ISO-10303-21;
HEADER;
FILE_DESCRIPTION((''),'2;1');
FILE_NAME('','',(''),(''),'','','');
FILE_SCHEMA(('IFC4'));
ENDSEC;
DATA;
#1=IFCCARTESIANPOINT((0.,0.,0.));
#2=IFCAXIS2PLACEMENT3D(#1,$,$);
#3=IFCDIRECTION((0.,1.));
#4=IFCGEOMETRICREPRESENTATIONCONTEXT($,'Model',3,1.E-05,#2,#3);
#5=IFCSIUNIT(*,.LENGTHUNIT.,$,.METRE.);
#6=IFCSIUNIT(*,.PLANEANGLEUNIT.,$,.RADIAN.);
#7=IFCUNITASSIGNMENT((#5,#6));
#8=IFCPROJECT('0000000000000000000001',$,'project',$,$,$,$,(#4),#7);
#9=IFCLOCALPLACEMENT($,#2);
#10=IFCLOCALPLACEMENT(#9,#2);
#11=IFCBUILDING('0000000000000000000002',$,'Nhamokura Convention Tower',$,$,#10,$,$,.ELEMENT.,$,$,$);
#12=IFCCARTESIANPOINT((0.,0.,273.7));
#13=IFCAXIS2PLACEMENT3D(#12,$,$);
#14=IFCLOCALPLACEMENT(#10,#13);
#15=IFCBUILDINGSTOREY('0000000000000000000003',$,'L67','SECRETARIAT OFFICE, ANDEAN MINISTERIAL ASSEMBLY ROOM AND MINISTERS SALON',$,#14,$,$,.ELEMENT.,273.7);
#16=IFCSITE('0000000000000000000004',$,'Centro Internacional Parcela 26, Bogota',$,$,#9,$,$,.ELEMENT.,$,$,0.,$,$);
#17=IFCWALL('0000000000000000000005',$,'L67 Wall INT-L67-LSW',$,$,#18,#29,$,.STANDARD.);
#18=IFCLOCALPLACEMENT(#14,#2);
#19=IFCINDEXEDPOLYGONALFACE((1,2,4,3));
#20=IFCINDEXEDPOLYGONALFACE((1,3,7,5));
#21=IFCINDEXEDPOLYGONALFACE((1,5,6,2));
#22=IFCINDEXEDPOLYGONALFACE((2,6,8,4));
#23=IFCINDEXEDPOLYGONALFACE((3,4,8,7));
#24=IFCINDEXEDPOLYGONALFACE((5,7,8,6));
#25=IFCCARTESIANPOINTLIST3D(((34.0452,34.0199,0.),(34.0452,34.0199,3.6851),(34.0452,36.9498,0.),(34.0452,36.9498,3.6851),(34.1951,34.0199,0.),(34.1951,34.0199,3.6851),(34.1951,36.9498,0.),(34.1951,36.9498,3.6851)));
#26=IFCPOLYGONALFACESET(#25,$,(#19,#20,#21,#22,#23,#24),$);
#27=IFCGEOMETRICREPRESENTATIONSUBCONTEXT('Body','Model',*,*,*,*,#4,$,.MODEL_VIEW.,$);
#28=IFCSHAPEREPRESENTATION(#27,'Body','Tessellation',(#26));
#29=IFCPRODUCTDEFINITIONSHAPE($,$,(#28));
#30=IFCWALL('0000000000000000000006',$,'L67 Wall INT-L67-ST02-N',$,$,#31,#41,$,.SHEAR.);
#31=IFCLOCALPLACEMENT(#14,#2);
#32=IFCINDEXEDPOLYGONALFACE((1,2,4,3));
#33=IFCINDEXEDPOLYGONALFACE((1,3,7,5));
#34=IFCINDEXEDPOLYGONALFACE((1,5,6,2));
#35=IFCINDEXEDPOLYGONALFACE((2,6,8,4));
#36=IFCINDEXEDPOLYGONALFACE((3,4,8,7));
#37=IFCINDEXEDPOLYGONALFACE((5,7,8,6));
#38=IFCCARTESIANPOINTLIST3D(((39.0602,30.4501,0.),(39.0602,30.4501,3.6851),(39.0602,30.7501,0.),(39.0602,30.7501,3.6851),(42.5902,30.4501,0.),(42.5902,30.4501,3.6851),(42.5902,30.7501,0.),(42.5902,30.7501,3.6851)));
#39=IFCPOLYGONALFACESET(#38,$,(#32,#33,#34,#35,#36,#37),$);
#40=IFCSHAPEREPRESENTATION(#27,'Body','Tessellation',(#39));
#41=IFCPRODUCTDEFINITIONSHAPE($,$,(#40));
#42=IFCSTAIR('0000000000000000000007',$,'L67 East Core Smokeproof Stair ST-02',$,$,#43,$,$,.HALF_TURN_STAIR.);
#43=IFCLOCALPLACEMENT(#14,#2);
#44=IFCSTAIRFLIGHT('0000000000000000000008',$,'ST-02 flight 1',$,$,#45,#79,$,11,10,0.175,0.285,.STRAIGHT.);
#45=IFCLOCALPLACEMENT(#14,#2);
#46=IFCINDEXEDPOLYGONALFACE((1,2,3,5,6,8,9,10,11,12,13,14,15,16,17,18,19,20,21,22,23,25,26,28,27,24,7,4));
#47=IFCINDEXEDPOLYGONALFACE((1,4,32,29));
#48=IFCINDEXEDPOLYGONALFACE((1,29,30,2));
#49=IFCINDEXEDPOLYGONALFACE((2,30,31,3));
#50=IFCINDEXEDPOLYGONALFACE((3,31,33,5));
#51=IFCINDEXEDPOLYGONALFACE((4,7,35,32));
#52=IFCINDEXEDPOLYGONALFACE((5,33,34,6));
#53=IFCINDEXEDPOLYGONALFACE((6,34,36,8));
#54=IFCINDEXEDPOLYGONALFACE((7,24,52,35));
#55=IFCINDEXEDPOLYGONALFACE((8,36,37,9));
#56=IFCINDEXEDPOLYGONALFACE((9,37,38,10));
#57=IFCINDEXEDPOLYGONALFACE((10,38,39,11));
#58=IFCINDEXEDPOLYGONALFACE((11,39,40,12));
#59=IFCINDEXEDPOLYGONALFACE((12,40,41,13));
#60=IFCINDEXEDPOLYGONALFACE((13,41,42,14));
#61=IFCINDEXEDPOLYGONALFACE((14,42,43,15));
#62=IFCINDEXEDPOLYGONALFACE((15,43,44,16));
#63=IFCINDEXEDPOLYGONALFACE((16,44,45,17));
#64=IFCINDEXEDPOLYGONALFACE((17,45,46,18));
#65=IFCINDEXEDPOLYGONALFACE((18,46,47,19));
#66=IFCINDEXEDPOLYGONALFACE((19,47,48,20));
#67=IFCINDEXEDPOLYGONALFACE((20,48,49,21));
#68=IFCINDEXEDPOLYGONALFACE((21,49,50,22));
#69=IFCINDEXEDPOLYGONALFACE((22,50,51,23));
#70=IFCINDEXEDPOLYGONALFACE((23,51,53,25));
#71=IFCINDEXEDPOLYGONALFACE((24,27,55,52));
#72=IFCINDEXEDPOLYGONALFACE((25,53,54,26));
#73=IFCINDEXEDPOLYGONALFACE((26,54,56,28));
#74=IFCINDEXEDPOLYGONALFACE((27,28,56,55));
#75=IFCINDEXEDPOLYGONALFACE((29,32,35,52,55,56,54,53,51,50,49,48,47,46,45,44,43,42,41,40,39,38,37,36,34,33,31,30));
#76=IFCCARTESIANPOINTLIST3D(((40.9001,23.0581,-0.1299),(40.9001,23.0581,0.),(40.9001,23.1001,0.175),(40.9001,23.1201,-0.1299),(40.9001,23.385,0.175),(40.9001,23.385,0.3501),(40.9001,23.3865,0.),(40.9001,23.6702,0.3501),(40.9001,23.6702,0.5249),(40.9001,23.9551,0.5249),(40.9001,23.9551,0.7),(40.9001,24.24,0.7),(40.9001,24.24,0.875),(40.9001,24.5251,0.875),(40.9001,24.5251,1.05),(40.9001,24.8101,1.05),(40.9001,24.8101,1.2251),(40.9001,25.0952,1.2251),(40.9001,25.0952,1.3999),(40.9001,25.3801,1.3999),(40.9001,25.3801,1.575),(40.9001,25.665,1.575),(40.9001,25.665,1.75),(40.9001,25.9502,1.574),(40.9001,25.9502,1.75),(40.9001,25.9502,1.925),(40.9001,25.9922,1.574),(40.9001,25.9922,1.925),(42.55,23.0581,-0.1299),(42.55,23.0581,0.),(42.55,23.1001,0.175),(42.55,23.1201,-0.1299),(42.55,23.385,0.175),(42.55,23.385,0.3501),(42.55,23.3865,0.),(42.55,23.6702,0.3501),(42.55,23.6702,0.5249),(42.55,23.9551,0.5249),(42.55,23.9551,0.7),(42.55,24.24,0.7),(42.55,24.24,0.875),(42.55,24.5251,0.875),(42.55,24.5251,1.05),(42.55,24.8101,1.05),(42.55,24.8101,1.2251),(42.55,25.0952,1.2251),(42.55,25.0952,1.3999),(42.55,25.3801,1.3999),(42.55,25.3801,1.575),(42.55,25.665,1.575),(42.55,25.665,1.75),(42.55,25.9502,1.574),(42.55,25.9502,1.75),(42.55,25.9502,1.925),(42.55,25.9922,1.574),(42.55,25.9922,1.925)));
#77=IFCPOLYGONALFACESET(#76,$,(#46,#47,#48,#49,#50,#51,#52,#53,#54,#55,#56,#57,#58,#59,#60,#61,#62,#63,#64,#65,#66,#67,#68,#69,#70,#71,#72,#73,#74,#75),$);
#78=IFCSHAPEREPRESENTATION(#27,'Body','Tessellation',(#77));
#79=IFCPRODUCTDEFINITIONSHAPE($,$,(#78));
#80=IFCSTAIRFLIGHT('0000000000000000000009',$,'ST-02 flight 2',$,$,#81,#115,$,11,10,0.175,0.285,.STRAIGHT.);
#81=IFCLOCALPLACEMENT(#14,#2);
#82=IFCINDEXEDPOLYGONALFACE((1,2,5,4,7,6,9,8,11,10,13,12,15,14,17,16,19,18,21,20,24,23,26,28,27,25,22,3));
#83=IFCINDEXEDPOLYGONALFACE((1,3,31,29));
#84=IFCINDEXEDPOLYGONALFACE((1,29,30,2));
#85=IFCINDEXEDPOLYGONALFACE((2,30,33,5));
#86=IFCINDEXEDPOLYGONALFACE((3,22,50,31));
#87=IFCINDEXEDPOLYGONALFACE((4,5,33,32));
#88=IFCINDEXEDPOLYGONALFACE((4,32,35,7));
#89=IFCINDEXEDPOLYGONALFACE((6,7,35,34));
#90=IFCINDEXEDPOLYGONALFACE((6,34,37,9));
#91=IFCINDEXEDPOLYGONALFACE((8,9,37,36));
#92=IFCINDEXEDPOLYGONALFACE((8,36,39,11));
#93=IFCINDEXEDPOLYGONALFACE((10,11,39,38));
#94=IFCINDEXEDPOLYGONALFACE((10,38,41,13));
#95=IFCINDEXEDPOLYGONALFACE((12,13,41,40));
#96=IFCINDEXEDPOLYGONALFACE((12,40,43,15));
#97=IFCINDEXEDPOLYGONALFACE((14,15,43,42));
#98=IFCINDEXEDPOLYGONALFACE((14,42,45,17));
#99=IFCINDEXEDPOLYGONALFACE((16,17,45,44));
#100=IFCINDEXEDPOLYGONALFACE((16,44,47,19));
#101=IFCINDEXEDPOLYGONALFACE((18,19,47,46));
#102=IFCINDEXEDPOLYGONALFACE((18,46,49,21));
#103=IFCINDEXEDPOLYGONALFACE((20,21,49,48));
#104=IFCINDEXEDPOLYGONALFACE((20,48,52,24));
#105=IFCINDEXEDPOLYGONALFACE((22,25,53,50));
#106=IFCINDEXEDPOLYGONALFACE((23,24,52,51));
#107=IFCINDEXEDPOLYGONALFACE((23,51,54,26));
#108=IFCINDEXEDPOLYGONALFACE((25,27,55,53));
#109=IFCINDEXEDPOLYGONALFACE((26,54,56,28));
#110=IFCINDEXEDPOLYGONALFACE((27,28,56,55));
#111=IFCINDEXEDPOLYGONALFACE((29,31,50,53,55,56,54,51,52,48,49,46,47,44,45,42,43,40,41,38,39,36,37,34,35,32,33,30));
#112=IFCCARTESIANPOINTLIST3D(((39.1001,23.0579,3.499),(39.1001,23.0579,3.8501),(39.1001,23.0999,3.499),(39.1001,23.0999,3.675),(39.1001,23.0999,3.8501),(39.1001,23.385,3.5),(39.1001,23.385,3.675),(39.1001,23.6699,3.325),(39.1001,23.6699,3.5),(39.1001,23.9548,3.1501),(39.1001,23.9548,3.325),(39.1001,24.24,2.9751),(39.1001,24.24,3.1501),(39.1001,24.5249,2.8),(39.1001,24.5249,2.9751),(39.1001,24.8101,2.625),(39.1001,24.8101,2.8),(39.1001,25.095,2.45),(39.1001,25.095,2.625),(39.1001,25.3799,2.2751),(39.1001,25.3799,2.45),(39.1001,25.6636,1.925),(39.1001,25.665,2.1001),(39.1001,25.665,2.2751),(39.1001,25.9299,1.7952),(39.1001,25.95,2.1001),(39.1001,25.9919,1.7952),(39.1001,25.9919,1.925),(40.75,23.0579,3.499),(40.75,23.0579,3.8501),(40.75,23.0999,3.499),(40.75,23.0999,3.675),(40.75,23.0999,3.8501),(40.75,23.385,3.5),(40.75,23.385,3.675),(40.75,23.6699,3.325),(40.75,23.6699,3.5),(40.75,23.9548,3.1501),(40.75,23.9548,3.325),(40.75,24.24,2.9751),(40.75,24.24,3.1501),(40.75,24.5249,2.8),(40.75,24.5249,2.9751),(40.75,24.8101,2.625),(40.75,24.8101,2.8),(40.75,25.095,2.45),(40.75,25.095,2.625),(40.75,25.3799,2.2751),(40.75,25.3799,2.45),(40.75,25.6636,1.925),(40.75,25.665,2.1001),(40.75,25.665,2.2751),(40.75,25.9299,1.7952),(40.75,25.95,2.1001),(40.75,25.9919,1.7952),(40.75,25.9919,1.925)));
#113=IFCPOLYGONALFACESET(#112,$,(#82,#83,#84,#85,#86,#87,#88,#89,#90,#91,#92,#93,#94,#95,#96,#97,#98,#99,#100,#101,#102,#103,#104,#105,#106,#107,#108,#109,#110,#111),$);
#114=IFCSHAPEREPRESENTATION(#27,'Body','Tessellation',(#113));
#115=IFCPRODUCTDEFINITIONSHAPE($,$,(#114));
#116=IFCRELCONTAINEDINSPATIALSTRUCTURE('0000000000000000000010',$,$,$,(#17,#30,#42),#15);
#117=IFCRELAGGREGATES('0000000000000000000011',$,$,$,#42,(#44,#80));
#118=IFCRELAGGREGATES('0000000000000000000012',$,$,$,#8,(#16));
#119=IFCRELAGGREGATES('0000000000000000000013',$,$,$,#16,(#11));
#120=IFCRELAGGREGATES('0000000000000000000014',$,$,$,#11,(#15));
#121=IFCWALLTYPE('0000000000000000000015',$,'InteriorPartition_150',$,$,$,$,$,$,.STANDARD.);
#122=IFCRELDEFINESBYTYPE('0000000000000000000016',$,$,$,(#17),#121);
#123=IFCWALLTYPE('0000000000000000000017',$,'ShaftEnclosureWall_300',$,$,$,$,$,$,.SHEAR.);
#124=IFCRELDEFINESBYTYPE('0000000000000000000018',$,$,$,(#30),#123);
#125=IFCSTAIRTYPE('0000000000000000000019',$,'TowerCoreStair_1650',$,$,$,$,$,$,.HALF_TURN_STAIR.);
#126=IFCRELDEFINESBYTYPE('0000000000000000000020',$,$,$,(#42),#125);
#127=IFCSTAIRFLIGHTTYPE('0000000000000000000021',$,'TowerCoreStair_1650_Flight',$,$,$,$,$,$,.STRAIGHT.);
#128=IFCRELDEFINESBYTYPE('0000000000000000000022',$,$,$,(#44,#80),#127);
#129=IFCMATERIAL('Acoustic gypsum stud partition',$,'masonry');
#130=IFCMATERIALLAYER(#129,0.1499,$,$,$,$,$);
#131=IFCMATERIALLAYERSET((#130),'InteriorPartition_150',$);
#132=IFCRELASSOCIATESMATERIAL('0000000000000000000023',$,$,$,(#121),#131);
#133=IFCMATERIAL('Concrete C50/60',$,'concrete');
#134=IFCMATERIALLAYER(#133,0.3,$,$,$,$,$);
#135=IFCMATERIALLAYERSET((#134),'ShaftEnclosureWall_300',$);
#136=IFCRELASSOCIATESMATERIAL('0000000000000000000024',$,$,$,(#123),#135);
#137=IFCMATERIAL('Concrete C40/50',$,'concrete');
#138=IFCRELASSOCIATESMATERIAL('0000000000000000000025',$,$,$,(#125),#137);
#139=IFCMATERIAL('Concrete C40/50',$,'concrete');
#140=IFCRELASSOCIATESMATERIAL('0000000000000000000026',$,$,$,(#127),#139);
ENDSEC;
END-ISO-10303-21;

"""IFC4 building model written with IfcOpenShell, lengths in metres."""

from ifc_helpers import new_model, si_unit, direction, frame, frame_2d, origin, place, context, subcontext, project, spatial, polyline, rectangle, outline, extrude, material, layer, layer_set, type_object, element, aggregate, save


model = new_model("IFC4")

# Units and contexts
model_context = context("Model", 3, precision=1e-05, world=origin(), true_north=direction((0.0, 1.0)))
body_context = subcontext(model_context, "Body", "Model", "MODEL_VIEW")
ifc_project = project(units=[si_unit("LENGTHUNIT", "METRE"), si_unit("PLANEANGLEUNIT", "RADIAN")], contexts=[model_context])

# Site, building, storey
site_placement = place(None, origin())
site = spatial("IfcSite", under=ifc_project, at=site_placement, Name="Centro Internacional Parcela 26, Bogota", CompositionType="ELEMENT", RefElevation=0.0)
building_placement = place(site_placement, origin())
building = spatial("IfcBuilding", under=site, at=building_placement, Name="Nhamokura Convention Tower", CompositionType="ELEMENT")
storey_placement = place(building_placement, frame((0.0, 0.0, 273.7)))
storey = spatial("IfcBuildingStorey", under=building, at=storey_placement, Name="L67", Description="SECRETARIAT OFFICE, ANDEAN MINISTERIAL ASSEMBLY ROOM AND MINISTERS SALON", CompositionType="ELEMENT", Elevation=273.7)

# Shared definitions
ifc_material_1 = material(Name="Acoustic gypsum stud partition", Category="masonry")
ifc_layer_1 = layer(ifc_material_1, 0.1499)
ifc_layer_set_1 = layer_set([ifc_layer_1], Name="InteriorPartition_150")
wall_type_1 = type_object("IfcWallType", Name="InteriorPartition_150", PredefinedType="STANDARD", material=ifc_layer_set_1)

# Walls
wall_1_placement = place(storey_placement, frame((34.1201, 34.02, 0.0), z_axis=(0.0, 0.0, 1.0), x_axis=(0.0, 1.0, 0.0)))
element("IfcWall", 1, at=wall_1_placement, inside=storey, type_object=wall_type_1, Name="L67 Wall INT-L67-LSW", PredefinedType="STANDARD", context=body_context, shape_type="SweptSolid", body=[
    extrude(rectangle(XDim=2.9299, YDim=0.1499, at=frame_2d((1.4648, 0.0))), origin(), (0.0, 0.0, 1.0), 3.6851),
])
ifc_material_2 = material(Name="Concrete C50/60", Category="concrete")
ifc_layer_2 = layer(ifc_material_2, 0.3)
ifc_layer_set_2 = layer_set([ifc_layer_2], Name="ShaftEnclosureWall_300")
wall_type_2 = type_object("IfcWallType", Name="ShaftEnclosureWall_300", PredefinedType="SHEAR", material=ifc_layer_set_2)
wall_2_placement = place(storey_placement, frame((39.0601, 30.6001, 0.0), z_axis=(0.0, 0.0, 1.0), x_axis=(1.0, 0.0, 0.0)))
element("IfcWall", 2, at=wall_2_placement, inside=storey, type_object=wall_type_2, Name="L67 Wall INT-L67-ST02-N", PredefinedType="SHEAR", context=body_context, shape_type="SweptSolid", body=[
    extrude(rectangle(XDim=3.53, YDim=0.3, at=frame_2d((1.7651, 0.0))), origin(), (0.0, 0.0, 1.0), 3.6851),
])

# Stair, stair flights
ifc_material_3 = material(Name="Concrete C40/50", Category="concrete")
stair_type = type_object("IfcStairType", Name="TowerCoreStair_1650", PredefinedType="HALF_TURN_STAIR", material=ifc_material_3)
stair_placement = place(storey_placement, origin())
stair = element("IfcStair", 3, at=stair_placement, inside=storey, type_object=stair_type, Name="L67 East Core Smokeproof Stair ST-02", PredefinedType="HALF_TURN_STAIR")
ifc_material_4 = material(Name="Concrete C40/50", Category="concrete")
stair_flight_type = type_object("IfcStairFlightType", Name="TowerCoreStair_1650_Flight", PredefinedType="STRAIGHT", material=ifc_material_4)
stair_flight_1_placement = place(storey_placement, frame((41.7251, 23.1001, 0.0), z_axis=(0.0, 0.0, 1.0), x_axis=(0.0, 1.0, 0.0)))
stair_flight_1 = element("IfcStairFlight", 4, at=stair_flight_1_placement, type_object=stair_flight_type, Name="ST-02 flight 1", NumberOfRisers=11, NumberOfTreads=10, PredefinedType="STRAIGHT", RiserHeight=0.175, TreadLength=0.285, context=body_context, shape_type="SweptSolid", body=[
    extrude(outline(polyline([(-0.042, 0.0), (0.0, 0.175), (0.2849, 0.175), (0.2849, 0.3501), (0.5701, 0.3501), (0.5701, 0.5249), (0.855, 0.5249), (0.855, 0.7), (1.1399, 0.7), (1.1399, 0.875), (1.425, 0.875), (1.425, 1.05), (1.71, 1.05), (1.71, 1.2251), (1.9951, 1.2251), (1.9951, 1.3999), (2.28, 1.3999), (2.28, 1.575), (2.5649, 1.575), (2.5649, 1.75), (2.8501, 1.75), (2.8501, 1.925), (2.8921, 1.925), (2.8921, 1.574), (2.8501, 1.574), (0.2864, 0.0), (0.02, -0.1299), (-0.042, -0.1299), (-0.042, 0.0)])), frame((0.0, 0.825, 0.0), z_axis=(0.0, -1.0, 0.0), x_axis=(1.0, 0.0, 0.0)), (0.0, 0.0, 1.0), 1.6499),
])
stair_flight_2_placement = place(storey_placement, frame((39.925, 25.95, 1.925), z_axis=(0.0, 0.0, 1.0), x_axis=(0.0, -1.0, 0.0)))
stair_flight_2 = element("IfcStairFlight", 5, at=stair_flight_2_placement, type_object=stair_flight_type, Name="ST-02 flight 2", NumberOfRisers=11, NumberOfTreads=10, PredefinedType="STRAIGHT", RiserHeight=0.175, TreadLength=0.285, context=body_context, shape_type="SweptSolid", body=[
    extrude(outline(polyline([(-0.042, 0.0), (0.0, 0.175), (0.2849, 0.175), (0.2849, 0.3501), (0.5701, 0.3501), (0.5701, 0.5249), (0.855, 0.5249), (0.855, 0.7), (1.1399, 0.7), (1.1399, 0.875), (1.425, 0.875), (1.425, 1.05), (1.71, 1.05), (1.71, 1.2251), (1.9951, 1.2251), (1.9951, 1.3999), (2.28, 1.3999), (2.28, 1.575), (2.5649, 1.575), (2.5649, 1.75), (2.8501, 1.75), (2.8501, 1.925), (2.8921, 1.925), (2.8921, 1.574), (2.8501, 1.574), (0.2864, 0.0), (0.02, -0.1299), (-0.042, -0.1299), (-0.042, 0.0)])), frame((0.0, 0.825, 0.0), z_axis=(0.0, -1.0, 0.0), x_axis=(1.0, 0.0, 0.0)), (0.0, 0.0, 1.0), 1.6499),
])
aggregate(stair, [stair_flight_1, stair_flight_2])

save(model, "model.ifc")
